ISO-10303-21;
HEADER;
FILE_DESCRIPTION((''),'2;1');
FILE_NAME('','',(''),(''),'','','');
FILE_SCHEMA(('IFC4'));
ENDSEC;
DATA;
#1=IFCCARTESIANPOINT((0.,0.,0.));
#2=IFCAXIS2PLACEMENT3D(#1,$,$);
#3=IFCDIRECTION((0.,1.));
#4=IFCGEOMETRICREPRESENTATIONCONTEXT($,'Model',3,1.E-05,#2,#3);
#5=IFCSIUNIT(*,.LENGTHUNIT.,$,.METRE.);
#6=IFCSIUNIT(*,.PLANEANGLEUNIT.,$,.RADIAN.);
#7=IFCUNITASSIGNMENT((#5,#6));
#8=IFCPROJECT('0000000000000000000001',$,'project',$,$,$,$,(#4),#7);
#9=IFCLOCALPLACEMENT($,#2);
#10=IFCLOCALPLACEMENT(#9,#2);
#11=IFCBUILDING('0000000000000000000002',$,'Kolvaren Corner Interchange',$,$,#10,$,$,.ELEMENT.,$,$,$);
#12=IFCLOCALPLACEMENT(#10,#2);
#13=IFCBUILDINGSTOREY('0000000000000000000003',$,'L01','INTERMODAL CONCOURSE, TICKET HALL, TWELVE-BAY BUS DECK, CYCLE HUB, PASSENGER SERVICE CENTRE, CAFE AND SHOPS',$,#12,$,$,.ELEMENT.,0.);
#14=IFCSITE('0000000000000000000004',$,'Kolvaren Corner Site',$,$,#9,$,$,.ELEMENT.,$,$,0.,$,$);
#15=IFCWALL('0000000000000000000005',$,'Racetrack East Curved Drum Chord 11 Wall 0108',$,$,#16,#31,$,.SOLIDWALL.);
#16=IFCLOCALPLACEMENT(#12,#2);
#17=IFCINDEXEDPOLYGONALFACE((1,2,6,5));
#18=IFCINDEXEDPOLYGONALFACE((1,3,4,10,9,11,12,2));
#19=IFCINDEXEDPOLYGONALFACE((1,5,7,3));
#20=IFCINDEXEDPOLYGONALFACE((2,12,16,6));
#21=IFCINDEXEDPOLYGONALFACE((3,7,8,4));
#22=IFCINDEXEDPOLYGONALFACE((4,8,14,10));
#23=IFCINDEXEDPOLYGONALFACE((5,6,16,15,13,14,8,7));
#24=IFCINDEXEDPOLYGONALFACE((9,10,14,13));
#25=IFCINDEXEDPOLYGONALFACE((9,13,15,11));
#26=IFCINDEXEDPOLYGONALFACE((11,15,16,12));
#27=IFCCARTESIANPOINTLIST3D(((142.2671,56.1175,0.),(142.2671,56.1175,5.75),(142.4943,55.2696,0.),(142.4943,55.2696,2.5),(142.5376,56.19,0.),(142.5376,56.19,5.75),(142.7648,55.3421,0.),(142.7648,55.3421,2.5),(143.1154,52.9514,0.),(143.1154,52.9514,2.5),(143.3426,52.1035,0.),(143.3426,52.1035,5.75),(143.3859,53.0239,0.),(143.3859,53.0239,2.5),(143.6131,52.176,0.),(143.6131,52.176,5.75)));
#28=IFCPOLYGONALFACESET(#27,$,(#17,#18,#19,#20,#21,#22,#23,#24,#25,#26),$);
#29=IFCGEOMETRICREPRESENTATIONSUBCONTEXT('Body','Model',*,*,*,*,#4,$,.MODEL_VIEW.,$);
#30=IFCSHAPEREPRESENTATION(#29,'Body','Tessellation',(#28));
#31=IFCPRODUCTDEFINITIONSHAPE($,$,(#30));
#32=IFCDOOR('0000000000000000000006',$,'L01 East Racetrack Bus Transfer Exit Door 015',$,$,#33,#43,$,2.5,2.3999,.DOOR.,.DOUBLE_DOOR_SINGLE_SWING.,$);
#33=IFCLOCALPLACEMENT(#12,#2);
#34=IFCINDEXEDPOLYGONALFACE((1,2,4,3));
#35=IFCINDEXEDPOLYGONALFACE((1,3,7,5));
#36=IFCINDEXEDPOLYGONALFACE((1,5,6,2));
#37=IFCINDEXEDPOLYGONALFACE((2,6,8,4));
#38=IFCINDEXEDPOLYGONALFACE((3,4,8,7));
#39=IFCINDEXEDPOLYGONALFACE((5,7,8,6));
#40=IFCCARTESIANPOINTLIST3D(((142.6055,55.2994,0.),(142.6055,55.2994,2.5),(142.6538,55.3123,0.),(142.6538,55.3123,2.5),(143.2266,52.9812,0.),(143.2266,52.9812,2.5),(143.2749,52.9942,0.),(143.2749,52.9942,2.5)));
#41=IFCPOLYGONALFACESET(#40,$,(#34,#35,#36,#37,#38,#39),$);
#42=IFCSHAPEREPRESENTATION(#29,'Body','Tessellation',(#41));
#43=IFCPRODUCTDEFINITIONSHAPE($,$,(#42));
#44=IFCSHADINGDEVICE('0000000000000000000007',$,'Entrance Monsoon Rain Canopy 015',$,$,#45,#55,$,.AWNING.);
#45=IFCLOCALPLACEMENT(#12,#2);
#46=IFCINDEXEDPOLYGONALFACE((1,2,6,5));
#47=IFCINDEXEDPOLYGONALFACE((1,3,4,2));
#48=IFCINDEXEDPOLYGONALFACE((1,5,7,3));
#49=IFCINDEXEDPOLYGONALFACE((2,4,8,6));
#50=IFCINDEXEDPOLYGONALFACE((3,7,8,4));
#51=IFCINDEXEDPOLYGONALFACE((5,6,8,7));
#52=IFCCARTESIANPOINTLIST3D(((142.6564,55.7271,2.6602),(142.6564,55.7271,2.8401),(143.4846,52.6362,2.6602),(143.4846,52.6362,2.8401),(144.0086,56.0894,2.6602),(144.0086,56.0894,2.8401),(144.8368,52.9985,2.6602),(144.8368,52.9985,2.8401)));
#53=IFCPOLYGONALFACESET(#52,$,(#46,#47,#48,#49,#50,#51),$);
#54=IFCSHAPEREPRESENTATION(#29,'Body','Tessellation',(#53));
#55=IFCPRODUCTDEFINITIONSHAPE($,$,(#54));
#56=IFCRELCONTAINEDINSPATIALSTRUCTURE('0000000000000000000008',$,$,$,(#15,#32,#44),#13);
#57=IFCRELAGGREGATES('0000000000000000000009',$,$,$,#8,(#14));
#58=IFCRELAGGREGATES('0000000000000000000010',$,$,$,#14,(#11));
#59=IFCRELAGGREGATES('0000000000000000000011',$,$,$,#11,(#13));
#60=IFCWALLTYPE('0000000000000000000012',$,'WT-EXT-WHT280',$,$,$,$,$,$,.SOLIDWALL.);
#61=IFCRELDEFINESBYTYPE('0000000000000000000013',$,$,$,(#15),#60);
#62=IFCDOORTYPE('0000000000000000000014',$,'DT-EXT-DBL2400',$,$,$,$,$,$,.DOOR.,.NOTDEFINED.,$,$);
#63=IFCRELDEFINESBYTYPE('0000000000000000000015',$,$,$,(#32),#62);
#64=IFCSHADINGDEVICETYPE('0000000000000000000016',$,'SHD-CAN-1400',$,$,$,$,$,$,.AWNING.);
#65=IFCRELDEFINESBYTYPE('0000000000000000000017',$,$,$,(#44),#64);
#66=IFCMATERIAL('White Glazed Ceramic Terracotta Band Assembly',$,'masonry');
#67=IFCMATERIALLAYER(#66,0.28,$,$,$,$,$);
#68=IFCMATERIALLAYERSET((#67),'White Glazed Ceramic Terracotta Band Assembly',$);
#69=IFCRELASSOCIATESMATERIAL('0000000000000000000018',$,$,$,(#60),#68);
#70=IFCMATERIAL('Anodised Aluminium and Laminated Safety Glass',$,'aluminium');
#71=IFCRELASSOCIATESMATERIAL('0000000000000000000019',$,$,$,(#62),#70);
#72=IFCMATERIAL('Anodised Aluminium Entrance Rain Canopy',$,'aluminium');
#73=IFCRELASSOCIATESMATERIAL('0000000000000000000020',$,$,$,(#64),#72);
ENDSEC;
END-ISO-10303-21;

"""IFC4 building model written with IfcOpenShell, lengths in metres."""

from ifc_helpers import new_model, si_unit, direction, frame, frame_2d, origin, origin_2d, place, context, subcontext, project, spatial, rectangle, extrude, material, layer, layer_set, type_object, element, fill, save


model = new_model("IFC4")

# Units and contexts
model_context = context("Model", 3, precision=1e-05, world=origin(), true_north=direction((0.0, 1.0)))
body_context = subcontext(model_context, "Body", "Model", "MODEL_VIEW")
ifc_project = project(units=[si_unit("LENGTHUNIT", "METRE"), si_unit("PLANEANGLEUNIT", "RADIAN")], contexts=[model_context])

# Site, building, storey
site_placement = place(None, origin())
site = spatial("IfcSite", under=ifc_project, at=site_placement, Name="Kolvaren Corner Site", CompositionType="ELEMENT", RefElevation=0.0)
building_placement = place(site_placement, origin())
building = spatial("IfcBuilding", under=site, at=building_placement, Name="Kolvaren Corner Interchange", CompositionType="ELEMENT")
storey_placement = place(building_placement, origin())
storey = spatial("IfcBuildingStorey", under=building, at=storey_placement, Name="L01", Description="INTERMODAL CONCOURSE, TICKET HALL, TWELVE-BAY BUS DECK, CYCLE HUB, PASSENGER SERVICE CENTRE, CAFE AND SHOPS", CompositionType="ELEMENT", Elevation=0.0)

# Wall, opening, door
ifc_material_1 = material(Name="White Glazed Ceramic Terracotta Band Assembly", Category="masonry")
ifc_layer_1 = layer(ifc_material_1, 0.28)
ifc_layer_set_1 = layer_set([ifc_layer_1], Name="White Glazed Ceramic Terracotta Band Assembly")
wall_type = type_object("IfcWallType", Name="WT-EXT-WHT280", PredefinedType="SOLIDWALL", material=ifc_layer_set_1)
wall_placement = place(storey_placement, frame((143.4778, 52.1399, 0.0), z_axis=(0.0, 0.0, 1.0), x_axis=(-0.2588, 0.965931, 0.0)))
wall = element("IfcWall", 1, at=wall_placement, inside=storey, type_object=wall_type, Name="Racetrack East Curved Drum Chord 11 Wall 0108", PredefinedType="SOLIDWALL", context=body_context, shape_type="SweptSolid", body=[
    extrude(rectangle(XDim=4.1555, YDim=0.28, at=frame_2d((2.0776, 0.0))), origin(), (0.0, 0.0, 1.0), 5.75),
])
opening_placement = place(wall_placement, frame((0.8777, 0.0, 0.0)))
opening = element("IfcOpeningElement", 2, at=opening_placement, cuts=wall, PredefinedType="OPENING", context=body_context, shape_type="SweptSolid", body=[
    extrude(rectangle(XDim=2.3999, YDim=2.5, at=frame_2d((1.2, 1.25))), frame((0.0, 0.1499, 0.0), z_axis=(0.0, -1.0, 0.0), x_axis=(1.0, 0.0, 0.0)), (0.0, 0.0, 1.0), 0.3),
])
ifc_material_2 = material(Name="Anodised Aluminium and Laminated Safety Glass", Category="aluminium")
door_type = type_object("IfcDoorType", Name="DT-EXT-DBL2400", OperationType="NOTDEFINED", PredefinedType="DOOR", material=ifc_material_2)
door_placement = place(opening_placement, origin())
door = element("IfcDoor", 3, at=door_placement, inside=storey, type_object=door_type, Name="L01 East Racetrack Bus Transfer Exit Door 015", OperationType="DOUBLE_DOOR_SINGLE_SWING", OverallHeight=2.5, OverallWidth=2.3999, PredefinedType="DOOR", context=body_context, shape_type="SweptSolid", body=[
    extrude(rectangle(XDim=2.3999, YDim=2.5, at=frame_2d((1.2, 1.25))), frame((0.0, 0.0249, 0.0), z_axis=(0.0, -1.0, 0.0), x_axis=(1.0, 0.0, 0.0)), (0.0, 0.0, 1.0), 0.05),
])
fill(opening, door)

# Shading device
ifc_material_3 = material(Name="Anodised Aluminium Entrance Rain Canopy", Category="aluminium")
shading_device_type = type_object("IfcShadingDeviceType", Name="SHD-CAN-1400", PredefinedType="AWNING", material=ifc_material_3)
shading_device_placement = place(storey_placement, frame((143.7466, 54.3628, 2.6602), z_axis=(0.0, 0.0, 1.0), x_axis=(-0.258819, 0.965926, 0.0)))
element("IfcShadingDevice", 4, at=shading_device_placement, inside=storey, type_object=shading_device_type, Name="Entrance Monsoon Rain Canopy 015", PredefinedType="AWNING", context=body_context, shape_type="SweptSolid", body=[
    extrude(rectangle(XDim=3.2, YDim=1.3999, at=origin_2d()), origin(), (0.0, 0.0, 1.0), 0.1799),
])

save(model, "model.ifc")
